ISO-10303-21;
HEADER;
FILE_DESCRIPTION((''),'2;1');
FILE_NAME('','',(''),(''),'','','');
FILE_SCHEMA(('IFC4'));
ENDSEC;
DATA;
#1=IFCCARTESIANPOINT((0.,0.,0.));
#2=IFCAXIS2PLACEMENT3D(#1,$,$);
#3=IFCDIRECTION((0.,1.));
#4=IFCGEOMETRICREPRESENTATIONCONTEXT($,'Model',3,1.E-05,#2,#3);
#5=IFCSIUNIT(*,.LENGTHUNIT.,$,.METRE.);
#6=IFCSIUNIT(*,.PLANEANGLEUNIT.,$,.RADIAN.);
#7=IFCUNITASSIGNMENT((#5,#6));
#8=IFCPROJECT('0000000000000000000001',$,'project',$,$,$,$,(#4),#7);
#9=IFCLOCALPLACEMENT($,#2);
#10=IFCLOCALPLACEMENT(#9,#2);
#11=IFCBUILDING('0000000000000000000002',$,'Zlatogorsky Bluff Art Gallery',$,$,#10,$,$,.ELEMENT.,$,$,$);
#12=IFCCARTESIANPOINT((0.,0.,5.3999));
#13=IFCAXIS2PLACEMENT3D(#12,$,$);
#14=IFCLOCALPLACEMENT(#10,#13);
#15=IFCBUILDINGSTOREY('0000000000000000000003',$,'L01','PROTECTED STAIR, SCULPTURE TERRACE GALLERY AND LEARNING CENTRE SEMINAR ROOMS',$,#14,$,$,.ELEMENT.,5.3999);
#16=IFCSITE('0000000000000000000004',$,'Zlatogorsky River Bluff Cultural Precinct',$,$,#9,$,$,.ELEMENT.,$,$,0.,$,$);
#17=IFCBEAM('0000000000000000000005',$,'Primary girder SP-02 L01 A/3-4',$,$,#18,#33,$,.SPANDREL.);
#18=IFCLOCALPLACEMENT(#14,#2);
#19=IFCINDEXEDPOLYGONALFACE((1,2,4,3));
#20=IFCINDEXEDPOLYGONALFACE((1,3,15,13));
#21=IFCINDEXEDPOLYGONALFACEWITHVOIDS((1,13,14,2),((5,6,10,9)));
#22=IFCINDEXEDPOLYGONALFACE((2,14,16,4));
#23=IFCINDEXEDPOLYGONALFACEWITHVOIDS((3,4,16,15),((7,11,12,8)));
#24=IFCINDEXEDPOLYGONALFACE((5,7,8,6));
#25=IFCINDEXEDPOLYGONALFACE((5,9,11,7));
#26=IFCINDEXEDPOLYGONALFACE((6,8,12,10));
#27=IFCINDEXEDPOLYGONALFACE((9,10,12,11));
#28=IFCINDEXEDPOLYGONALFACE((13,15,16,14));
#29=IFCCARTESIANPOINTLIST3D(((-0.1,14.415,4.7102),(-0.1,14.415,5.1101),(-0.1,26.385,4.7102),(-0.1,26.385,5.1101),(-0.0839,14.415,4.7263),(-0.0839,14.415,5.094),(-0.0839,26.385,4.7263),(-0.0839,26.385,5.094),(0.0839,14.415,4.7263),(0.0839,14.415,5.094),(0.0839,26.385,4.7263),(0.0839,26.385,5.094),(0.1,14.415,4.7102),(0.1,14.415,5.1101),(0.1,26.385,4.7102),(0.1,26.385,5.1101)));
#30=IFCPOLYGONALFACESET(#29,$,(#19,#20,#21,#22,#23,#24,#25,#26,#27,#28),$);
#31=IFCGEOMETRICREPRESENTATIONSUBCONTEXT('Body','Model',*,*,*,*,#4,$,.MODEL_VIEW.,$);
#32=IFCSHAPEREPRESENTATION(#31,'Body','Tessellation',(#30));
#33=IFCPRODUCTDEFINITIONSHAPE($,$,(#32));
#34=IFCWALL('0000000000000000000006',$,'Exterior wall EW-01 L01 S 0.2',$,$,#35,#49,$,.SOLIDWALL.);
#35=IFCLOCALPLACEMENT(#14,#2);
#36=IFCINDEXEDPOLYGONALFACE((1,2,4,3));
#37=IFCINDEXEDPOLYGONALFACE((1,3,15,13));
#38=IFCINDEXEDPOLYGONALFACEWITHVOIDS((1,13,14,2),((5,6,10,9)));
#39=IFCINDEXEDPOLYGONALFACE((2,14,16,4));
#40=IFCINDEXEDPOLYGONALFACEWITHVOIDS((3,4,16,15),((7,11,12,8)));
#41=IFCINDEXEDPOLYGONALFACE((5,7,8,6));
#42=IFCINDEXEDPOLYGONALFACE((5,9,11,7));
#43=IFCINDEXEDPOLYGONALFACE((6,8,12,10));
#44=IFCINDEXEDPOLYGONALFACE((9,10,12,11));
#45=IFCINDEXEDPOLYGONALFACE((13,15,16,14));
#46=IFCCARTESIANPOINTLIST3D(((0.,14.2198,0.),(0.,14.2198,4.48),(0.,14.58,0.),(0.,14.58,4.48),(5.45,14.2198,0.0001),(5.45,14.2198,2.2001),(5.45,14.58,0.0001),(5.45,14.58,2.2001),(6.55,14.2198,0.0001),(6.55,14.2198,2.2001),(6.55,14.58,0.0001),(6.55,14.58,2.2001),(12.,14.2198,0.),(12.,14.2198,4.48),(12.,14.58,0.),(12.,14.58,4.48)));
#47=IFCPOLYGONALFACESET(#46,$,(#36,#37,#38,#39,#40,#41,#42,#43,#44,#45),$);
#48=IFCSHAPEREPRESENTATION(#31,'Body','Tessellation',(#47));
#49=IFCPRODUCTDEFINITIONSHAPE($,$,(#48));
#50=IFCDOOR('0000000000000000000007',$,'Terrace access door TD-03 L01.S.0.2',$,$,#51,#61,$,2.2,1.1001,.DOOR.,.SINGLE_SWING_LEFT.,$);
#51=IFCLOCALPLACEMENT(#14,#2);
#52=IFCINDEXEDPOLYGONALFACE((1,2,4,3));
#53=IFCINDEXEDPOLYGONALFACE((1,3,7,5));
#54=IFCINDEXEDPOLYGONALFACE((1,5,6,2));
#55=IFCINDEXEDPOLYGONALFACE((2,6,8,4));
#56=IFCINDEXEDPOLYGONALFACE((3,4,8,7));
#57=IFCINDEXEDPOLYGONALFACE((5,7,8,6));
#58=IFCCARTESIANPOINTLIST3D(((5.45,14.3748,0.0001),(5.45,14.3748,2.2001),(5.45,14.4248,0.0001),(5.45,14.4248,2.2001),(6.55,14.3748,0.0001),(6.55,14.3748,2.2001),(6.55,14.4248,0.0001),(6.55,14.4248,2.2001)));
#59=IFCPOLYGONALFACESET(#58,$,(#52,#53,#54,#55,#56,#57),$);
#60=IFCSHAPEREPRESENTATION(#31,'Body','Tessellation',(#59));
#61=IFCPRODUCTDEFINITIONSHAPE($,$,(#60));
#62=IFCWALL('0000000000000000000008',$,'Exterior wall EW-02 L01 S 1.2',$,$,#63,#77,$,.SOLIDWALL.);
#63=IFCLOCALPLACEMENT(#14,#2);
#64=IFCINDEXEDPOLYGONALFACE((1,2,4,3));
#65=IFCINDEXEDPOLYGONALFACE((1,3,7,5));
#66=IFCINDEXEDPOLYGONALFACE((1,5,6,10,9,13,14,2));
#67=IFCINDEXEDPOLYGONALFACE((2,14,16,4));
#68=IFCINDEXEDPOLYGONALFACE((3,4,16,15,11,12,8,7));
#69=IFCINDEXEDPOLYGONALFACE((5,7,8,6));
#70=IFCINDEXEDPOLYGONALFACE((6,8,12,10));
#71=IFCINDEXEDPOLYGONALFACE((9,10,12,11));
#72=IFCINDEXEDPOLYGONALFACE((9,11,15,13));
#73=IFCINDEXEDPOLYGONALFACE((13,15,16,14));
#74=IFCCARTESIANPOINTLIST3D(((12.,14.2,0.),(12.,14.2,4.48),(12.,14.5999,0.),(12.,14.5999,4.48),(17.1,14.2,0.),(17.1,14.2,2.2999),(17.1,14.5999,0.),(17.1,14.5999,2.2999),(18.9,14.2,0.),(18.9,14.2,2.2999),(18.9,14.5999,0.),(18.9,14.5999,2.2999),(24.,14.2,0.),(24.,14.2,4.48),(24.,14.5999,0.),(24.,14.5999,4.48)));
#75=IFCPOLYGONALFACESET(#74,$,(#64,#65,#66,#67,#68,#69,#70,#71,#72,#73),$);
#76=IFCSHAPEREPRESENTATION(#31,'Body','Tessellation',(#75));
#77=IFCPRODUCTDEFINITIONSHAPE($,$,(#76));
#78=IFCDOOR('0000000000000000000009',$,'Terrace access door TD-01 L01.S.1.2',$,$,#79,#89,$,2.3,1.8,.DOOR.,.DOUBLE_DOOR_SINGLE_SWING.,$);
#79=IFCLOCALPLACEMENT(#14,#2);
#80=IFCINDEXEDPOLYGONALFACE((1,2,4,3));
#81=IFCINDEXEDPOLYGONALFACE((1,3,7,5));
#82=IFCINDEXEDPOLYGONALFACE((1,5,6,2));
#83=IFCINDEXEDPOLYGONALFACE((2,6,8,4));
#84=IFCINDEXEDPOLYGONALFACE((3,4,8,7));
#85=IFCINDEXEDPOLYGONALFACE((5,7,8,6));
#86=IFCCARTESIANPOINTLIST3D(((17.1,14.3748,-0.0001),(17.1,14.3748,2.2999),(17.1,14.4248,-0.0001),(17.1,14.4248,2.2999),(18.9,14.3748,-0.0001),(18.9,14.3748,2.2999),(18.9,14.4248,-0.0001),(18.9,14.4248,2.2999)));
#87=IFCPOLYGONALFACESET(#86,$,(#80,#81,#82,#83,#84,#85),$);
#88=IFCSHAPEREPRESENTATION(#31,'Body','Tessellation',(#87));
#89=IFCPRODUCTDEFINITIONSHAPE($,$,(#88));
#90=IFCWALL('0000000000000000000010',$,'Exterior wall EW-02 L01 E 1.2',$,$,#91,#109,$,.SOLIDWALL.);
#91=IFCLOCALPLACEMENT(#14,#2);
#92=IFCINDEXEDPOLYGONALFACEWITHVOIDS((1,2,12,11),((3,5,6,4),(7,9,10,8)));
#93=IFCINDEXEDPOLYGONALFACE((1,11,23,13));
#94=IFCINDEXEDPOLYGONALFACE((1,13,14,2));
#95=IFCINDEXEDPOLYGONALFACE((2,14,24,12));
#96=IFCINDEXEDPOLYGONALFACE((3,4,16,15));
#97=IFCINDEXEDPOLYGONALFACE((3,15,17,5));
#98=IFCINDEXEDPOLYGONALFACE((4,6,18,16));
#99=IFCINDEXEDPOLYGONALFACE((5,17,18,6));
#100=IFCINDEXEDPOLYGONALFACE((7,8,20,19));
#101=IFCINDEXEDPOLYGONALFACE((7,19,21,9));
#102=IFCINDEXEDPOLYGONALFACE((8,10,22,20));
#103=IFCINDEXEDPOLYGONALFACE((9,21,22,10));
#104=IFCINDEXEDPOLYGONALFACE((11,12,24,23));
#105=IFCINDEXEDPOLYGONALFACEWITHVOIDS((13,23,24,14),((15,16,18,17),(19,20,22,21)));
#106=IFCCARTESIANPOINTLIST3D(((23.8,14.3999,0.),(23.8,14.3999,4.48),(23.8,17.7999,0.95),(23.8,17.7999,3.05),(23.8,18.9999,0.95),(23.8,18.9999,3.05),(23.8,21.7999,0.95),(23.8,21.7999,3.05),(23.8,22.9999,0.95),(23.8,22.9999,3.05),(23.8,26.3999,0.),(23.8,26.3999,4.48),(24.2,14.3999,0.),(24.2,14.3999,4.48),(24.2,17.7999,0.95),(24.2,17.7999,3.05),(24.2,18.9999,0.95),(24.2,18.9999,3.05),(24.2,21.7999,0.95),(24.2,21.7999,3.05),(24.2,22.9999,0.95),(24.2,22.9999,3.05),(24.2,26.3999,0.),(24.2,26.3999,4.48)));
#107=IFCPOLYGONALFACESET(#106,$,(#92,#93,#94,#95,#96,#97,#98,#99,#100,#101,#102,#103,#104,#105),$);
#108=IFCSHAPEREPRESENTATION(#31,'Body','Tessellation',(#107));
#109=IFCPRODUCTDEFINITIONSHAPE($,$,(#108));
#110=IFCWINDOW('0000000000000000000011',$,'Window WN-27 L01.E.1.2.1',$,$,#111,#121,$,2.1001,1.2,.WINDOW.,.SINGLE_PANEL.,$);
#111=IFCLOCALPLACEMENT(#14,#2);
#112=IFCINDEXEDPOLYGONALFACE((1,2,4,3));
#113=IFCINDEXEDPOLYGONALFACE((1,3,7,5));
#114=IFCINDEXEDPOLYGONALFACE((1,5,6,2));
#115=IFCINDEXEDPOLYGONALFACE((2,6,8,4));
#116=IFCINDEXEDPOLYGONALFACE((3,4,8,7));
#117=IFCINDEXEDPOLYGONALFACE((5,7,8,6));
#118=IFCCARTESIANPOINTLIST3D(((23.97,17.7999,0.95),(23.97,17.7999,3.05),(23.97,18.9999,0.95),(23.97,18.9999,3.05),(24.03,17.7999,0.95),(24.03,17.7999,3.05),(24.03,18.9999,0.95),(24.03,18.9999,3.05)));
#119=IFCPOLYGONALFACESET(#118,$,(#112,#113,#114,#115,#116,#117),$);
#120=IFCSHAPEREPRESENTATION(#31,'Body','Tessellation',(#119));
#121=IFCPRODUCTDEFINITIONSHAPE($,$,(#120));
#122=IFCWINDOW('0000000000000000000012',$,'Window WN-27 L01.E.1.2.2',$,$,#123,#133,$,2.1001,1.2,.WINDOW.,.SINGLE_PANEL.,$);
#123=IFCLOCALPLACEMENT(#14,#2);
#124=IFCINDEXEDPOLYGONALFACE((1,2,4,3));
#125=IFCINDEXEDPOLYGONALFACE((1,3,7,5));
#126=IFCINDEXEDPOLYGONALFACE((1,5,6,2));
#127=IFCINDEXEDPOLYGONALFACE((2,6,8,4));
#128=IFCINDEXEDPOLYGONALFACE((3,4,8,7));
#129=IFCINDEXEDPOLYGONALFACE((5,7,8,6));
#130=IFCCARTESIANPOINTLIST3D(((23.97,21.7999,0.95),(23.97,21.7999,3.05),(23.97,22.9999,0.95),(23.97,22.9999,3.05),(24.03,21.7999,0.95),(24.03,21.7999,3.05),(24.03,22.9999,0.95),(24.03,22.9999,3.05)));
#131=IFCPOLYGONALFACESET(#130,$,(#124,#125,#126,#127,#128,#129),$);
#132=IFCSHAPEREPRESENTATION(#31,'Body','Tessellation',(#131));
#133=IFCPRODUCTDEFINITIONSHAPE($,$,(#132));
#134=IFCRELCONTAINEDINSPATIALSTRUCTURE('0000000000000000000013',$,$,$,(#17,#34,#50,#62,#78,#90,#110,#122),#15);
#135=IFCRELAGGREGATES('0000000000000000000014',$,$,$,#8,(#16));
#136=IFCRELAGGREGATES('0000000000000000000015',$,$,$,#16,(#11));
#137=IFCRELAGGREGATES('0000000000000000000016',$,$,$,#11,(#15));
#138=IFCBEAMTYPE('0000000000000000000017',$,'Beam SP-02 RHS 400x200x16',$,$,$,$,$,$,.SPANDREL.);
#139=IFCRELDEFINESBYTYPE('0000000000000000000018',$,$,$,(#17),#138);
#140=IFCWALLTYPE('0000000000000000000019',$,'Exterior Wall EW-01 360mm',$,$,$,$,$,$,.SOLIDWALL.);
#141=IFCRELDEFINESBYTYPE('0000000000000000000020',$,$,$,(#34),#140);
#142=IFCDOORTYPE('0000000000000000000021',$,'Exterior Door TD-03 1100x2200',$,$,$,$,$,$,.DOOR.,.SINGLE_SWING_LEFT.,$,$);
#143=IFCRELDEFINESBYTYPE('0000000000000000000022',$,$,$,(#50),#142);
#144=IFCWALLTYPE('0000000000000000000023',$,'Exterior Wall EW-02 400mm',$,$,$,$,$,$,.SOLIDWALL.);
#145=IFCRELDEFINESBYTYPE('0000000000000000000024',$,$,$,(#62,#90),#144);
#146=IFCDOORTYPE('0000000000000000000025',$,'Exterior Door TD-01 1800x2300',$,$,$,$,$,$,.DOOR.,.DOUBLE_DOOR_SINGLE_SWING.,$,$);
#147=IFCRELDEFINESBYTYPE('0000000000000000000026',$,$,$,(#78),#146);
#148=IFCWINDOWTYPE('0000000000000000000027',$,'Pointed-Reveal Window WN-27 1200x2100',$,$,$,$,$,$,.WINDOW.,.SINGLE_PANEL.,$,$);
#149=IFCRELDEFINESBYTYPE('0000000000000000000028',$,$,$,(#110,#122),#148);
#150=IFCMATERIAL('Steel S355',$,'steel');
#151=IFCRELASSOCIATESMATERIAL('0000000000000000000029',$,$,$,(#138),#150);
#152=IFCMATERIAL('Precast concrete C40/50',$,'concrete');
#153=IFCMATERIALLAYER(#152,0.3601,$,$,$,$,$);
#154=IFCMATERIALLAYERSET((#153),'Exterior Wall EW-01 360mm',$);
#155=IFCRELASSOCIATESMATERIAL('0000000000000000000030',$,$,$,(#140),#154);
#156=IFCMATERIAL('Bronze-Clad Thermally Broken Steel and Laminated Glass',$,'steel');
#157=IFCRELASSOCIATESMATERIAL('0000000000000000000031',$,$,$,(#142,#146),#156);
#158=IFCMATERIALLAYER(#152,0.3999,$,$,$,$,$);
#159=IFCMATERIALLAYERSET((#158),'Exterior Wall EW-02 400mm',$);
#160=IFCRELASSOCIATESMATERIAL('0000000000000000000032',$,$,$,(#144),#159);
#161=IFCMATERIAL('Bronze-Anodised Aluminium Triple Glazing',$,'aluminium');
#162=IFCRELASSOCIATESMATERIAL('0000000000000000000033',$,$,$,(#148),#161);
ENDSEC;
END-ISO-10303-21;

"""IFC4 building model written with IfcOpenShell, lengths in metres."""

from ifc_helpers import new_model, si_unit, direction, frame, frame_2d, origin, origin_2d, place, context, subcontext, project, spatial, rectangle, hollow_rectangle, extrude, material, layer, layer_set, material_profile, profile_set, type_object, element, fill, save


model = new_model("IFC4")

# Units and contexts
model_context = context("Model", 3, precision=1e-05, world=origin(), true_north=direction((0.0, 1.0)))
body_context = subcontext(model_context, "Body", "Model", "MODEL_VIEW")
ifc_project = project(units=[si_unit("LENGTHUNIT", "METRE"), si_unit("PLANEANGLEUNIT", "RADIAN")], contexts=[model_context])

# Site, building, storey
site_placement = place(None, origin())
site = spatial("IfcSite", under=ifc_project, at=site_placement, Name="Zlatogorsky River Bluff Cultural Precinct", CompositionType="ELEMENT", RefElevation=0.0)
building_placement = place(site_placement, origin())
building = spatial("IfcBuilding", under=site, at=building_placement, Name="Zlatogorsky Bluff Art Gallery", CompositionType="ELEMENT")
storey_placement = place(building_placement, frame((0.0, 0.0, 5.3999)))
storey = spatial("IfcBuildingStorey", under=building, at=storey_placement, Name="L01", Description="PROTECTED STAIR, SCULPTURE TERRACE GALLERY AND LEARNING CENTRE SEMINAR ROOMS", CompositionType="ELEMENT", Elevation=5.3999)

# Shared definitions
ifc_material_1 = material(Name="Steel S355", Category="steel")

# Beam
ifc_material_profile_1 = material_profile(ifc_material_1, hollow_rectangle(XDim=0.2, YDim=0.3999, WallThickness=0.0161, at=origin_2d()), Name="RHS 400x200x16")
ifc_profile_set_1 = profile_set([ifc_material_profile_1], Name="Steel S355")
beam_type_1 = type_object("IfcBeamType", Name="Beam SP-02 RHS 400x200x16", PredefinedType="SPANDREL", material=ifc_profile_set_1)
beam_1_placement = place(storey_placement, frame((0.0, 14.415, 4.9102), z_axis=(0.0, 1.0, 0.0), x_axis=(-1.0, 0.0, 0.0)))
element("IfcBeam", 1, at=beam_1_placement, inside=storey, type_object=beam_type_1, Name="Primary girder SP-02 L01 A/3-4", PredefinedType="SPANDREL", context=body_context, shape_type="SweptSolid", body=[
    extrude(hollow_rectangle(XDim=0.2, YDim=0.3999, WallThickness=0.0161, at=origin_2d()), origin(), (0.0, 0.0, 1.0), 11.97),
])

# Walls, openings, doors
ifc_material_2 = material(Name="Precast concrete C40/50", Category="concrete")
ifc_layer_1 = layer(ifc_material_2, 0.3601)
ifc_layer_set_1 = layer_set([ifc_layer_1], Name="Exterior Wall EW-01 360mm")
wall_type_1 = type_object("IfcWallType", Name="Exterior Wall EW-01 360mm", PredefinedType="SOLIDWALL", material=ifc_layer_set_1)
wall_1_placement = place(storey_placement, frame((0.0, 14.3999, 0.0), z_axis=(0.0, 0.0, 1.0), x_axis=(1.0, 0.0, 0.0)))
wall_1 = element("IfcWall", 2, at=wall_1_placement, inside=storey, type_object=wall_type_1, Name="Exterior wall EW-01 L01 S 0.2", PredefinedType="SOLIDWALL", context=body_context, shape_type="SweptSolid", body=[
    extrude(rectangle(XDim=12.0, YDim=0.3601, at=frame_2d((6.0, 0.0))), origin(), (0.0, 0.0, 1.0), 4.48),
])
opening_1_placement = place(wall_1_placement, frame((5.45, 0.0, 0.0)))
opening_1 = element("IfcOpeningElement", 3, at=opening_1_placement, cuts=wall_1, PredefinedType="OPENING", context=body_context, shape_type="SweptSolid", body=[
    extrude(rectangle(XDim=1.1001, YDim=2.2, at=frame_2d((0.55, 1.1001))), frame((0.0, 0.1899, 0.0), z_axis=(0.0, -1.0, 0.0), x_axis=(1.0, 0.0, 0.0)), (0.0, 0.0, 1.0), 0.3801),
])
ifc_material_3 = material(Name="Bronze-Clad Thermally Broken Steel and Laminated Glass", Category="steel")
door_type_1 = type_object("IfcDoorType", Name="Exterior Door TD-03 1100x2200", OperationType="SINGLE_SWING_LEFT", PredefinedType="DOOR", material=ifc_material_3)
door_1_placement = place(opening_1_placement, origin())
door_1 = element("IfcDoor", 4, at=door_1_placement, inside=storey, type_object=door_type_1, Name="Terrace access door TD-03 L01.S.0.2", OperationType="SINGLE_SWING_LEFT", OverallHeight=2.2, OverallWidth=1.1001, PredefinedType="DOOR", context=body_context, shape_type="SweptSolid", body=[
    extrude(rectangle(XDim=1.1001, YDim=2.2, at=frame_2d((0.55, 1.1001))), frame((0.0, 0.0249, 0.0), z_axis=(0.0, -1.0, 0.0), x_axis=(1.0, 0.0, 0.0)), (0.0, 0.0, 1.0), 0.05),
])
fill(opening_1, door_1)
ifc_layer_2 = layer(ifc_material_2, 0.3999)
ifc_layer_set_2 = layer_set([ifc_layer_2], Name="Exterior Wall EW-02 400mm")
wall_type_2 = type_object("IfcWallType", Name="Exterior Wall EW-02 400mm", PredefinedType="SOLIDWALL", material=ifc_layer_set_2)
wall_2_placement = place(storey_placement, frame((12.0, 14.3999, 0.0), z_axis=(0.0, 0.0, 1.0), x_axis=(1.0, 0.0, 0.0)))
wall_2 = element("IfcWall", 5, at=wall_2_placement, inside=storey, type_object=wall_type_2, Name="Exterior wall EW-02 L01 S 1.2", PredefinedType="SOLIDWALL", context=body_context, shape_type="SweptSolid", body=[
    extrude(rectangle(XDim=12.0, YDim=0.3999, at=frame_2d((6.0, 0.0))), origin(), (0.0, 0.0, 1.0), 4.48),
])
opening_2_placement = place(wall_2_placement, frame((5.1001, 0.0, 0.0)))
opening_2 = element("IfcOpeningElement", 6, at=opening_2_placement, cuts=wall_2, PredefinedType="OPENING", context=body_context, shape_type="SweptSolid", body=[
    extrude(rectangle(XDim=1.8, YDim=2.3, at=frame_2d((0.8999, 1.1499))), frame((0.0, 0.21, 0.0), z_axis=(0.0, -1.0, 0.0), x_axis=(1.0, 0.0, 0.0)), (0.0, 0.0, 1.0), 0.4199),
])
door_type_2 = type_object("IfcDoorType", Name="Exterior Door TD-01 1800x2300", OperationType="DOUBLE_DOOR_SINGLE_SWING", PredefinedType="DOOR", material=ifc_material_3)
door_2_placement = place(opening_2_placement, origin())
door_2 = element("IfcDoor", 7, at=door_2_placement, inside=storey, type_object=door_type_2, Name="Terrace access door TD-01 L01.S.1.2", OperationType="DOUBLE_DOOR_SINGLE_SWING", OverallHeight=2.3, OverallWidth=1.8, PredefinedType="DOOR", context=body_context, shape_type="SweptSolid", body=[
    extrude(rectangle(XDim=1.8, YDim=2.3, at=frame_2d((0.8999, 1.1499))), frame((0.0, 0.0249, 0.0), z_axis=(0.0, -1.0, 0.0), x_axis=(1.0, 0.0, 0.0)), (0.0, 0.0, 1.0), 0.05),
])
fill(opening_2, door_2)

# Wall, openings, windows
wall_3_placement = place(storey_placement, frame((24.0, 14.3999, 0.0), z_axis=(0.0, 0.0, 1.0), x_axis=(0.0, 1.0, 0.0)))
wall_3 = element("IfcWall", 8, at=wall_3_placement, inside=storey, type_object=wall_type_2, Name="Exterior wall EW-02 L01 E 1.2", PredefinedType="SOLIDWALL", context=body_context, shape_type="SweptSolid", body=[
    extrude(rectangle(XDim=12.0, YDim=0.3999, at=frame_2d((6.0, 0.0))), origin(), (0.0, 0.0, 1.0), 4.48),
])
opening_3_placement = place(wall_3_placement, frame((3.3999, 0.0, 0.95)))
opening_3 = element("IfcOpeningElement", 9, at=opening_3_placement, cuts=wall_3, PredefinedType="OPENING", context=body_context, shape_type="SweptSolid", body=[
    extrude(rectangle(XDim=1.2, YDim=2.1001, at=frame_2d((0.6001, 1.05))), frame((0.0, 0.21, 0.0), z_axis=(0.0, -1.0, 0.0), x_axis=(1.0, 0.0, 0.0)), (0.0, 0.0, 1.0), 0.4199),
])
opening_4_placement = place(wall_3_placement, frame((7.3999, 0.0, 0.95)))
opening_4 = element("IfcOpeningElement", 10, at=opening_4_placement, cuts=wall_3, PredefinedType="OPENING", context=body_context, shape_type="SweptSolid", body=[
    extrude(rectangle(XDim=1.2, YDim=2.1001, at=frame_2d((0.6001, 1.05))), frame((0.0, 0.21, 0.0), z_axis=(0.0, -1.0, 0.0), x_axis=(1.0, 0.0, 0.0)), (0.0, 0.0, 1.0), 0.4199),
])
ifc_material_4 = material(Name="Bronze-Anodised Aluminium Triple Glazing", Category="aluminium")
window_type = type_object("IfcWindowType", Name="Pointed-Reveal Window WN-27 1200x2100", PartitioningType="SINGLE_PANEL", PredefinedType="WINDOW", material=ifc_material_4)
window_1_placement = place(opening_3_placement, origin())
window_1 = element("IfcWindow", 11, at=window_1_placement, inside=storey, type_object=window_type, Name="Window WN-27 L01.E.1.2.1", OverallHeight=2.1001, OverallWidth=1.2, PartitioningType="SINGLE_PANEL", PredefinedType="WINDOW", context=body_context, shape_type="SweptSolid", body=[
    extrude(rectangle(XDim=1.2, YDim=2.1001, at=frame_2d((0.6001, 1.05))), frame((0.0, 0.03, 0.0), z_axis=(0.0, -1.0, 0.0), x_axis=(1.0, 0.0, 0.0)), (0.0, 0.0, 1.0), 0.0601),
])
fill(opening_3, window_1)
window_2_placement = place(opening_4_placement, origin())
window_2 = element("IfcWindow", 12, at=window_2_placement, inside=storey, type_object=window_type, Name="Window WN-27 L01.E.1.2.2", OverallHeight=2.1001, OverallWidth=1.2, PartitioningType="SINGLE_PANEL", PredefinedType="WINDOW", context=body_context, shape_type="SweptSolid", body=[
    extrude(rectangle(XDim=1.2, YDim=2.1001, at=frame_2d((0.6001, 1.05))), frame((0.0, 0.03, 0.0), z_axis=(0.0, -1.0, 0.0), x_axis=(1.0, 0.0, 0.0)), (0.0, 0.0, 1.0), 0.0601),
])
fill(opening_4, window_2)

save(model, "model.ifc")
